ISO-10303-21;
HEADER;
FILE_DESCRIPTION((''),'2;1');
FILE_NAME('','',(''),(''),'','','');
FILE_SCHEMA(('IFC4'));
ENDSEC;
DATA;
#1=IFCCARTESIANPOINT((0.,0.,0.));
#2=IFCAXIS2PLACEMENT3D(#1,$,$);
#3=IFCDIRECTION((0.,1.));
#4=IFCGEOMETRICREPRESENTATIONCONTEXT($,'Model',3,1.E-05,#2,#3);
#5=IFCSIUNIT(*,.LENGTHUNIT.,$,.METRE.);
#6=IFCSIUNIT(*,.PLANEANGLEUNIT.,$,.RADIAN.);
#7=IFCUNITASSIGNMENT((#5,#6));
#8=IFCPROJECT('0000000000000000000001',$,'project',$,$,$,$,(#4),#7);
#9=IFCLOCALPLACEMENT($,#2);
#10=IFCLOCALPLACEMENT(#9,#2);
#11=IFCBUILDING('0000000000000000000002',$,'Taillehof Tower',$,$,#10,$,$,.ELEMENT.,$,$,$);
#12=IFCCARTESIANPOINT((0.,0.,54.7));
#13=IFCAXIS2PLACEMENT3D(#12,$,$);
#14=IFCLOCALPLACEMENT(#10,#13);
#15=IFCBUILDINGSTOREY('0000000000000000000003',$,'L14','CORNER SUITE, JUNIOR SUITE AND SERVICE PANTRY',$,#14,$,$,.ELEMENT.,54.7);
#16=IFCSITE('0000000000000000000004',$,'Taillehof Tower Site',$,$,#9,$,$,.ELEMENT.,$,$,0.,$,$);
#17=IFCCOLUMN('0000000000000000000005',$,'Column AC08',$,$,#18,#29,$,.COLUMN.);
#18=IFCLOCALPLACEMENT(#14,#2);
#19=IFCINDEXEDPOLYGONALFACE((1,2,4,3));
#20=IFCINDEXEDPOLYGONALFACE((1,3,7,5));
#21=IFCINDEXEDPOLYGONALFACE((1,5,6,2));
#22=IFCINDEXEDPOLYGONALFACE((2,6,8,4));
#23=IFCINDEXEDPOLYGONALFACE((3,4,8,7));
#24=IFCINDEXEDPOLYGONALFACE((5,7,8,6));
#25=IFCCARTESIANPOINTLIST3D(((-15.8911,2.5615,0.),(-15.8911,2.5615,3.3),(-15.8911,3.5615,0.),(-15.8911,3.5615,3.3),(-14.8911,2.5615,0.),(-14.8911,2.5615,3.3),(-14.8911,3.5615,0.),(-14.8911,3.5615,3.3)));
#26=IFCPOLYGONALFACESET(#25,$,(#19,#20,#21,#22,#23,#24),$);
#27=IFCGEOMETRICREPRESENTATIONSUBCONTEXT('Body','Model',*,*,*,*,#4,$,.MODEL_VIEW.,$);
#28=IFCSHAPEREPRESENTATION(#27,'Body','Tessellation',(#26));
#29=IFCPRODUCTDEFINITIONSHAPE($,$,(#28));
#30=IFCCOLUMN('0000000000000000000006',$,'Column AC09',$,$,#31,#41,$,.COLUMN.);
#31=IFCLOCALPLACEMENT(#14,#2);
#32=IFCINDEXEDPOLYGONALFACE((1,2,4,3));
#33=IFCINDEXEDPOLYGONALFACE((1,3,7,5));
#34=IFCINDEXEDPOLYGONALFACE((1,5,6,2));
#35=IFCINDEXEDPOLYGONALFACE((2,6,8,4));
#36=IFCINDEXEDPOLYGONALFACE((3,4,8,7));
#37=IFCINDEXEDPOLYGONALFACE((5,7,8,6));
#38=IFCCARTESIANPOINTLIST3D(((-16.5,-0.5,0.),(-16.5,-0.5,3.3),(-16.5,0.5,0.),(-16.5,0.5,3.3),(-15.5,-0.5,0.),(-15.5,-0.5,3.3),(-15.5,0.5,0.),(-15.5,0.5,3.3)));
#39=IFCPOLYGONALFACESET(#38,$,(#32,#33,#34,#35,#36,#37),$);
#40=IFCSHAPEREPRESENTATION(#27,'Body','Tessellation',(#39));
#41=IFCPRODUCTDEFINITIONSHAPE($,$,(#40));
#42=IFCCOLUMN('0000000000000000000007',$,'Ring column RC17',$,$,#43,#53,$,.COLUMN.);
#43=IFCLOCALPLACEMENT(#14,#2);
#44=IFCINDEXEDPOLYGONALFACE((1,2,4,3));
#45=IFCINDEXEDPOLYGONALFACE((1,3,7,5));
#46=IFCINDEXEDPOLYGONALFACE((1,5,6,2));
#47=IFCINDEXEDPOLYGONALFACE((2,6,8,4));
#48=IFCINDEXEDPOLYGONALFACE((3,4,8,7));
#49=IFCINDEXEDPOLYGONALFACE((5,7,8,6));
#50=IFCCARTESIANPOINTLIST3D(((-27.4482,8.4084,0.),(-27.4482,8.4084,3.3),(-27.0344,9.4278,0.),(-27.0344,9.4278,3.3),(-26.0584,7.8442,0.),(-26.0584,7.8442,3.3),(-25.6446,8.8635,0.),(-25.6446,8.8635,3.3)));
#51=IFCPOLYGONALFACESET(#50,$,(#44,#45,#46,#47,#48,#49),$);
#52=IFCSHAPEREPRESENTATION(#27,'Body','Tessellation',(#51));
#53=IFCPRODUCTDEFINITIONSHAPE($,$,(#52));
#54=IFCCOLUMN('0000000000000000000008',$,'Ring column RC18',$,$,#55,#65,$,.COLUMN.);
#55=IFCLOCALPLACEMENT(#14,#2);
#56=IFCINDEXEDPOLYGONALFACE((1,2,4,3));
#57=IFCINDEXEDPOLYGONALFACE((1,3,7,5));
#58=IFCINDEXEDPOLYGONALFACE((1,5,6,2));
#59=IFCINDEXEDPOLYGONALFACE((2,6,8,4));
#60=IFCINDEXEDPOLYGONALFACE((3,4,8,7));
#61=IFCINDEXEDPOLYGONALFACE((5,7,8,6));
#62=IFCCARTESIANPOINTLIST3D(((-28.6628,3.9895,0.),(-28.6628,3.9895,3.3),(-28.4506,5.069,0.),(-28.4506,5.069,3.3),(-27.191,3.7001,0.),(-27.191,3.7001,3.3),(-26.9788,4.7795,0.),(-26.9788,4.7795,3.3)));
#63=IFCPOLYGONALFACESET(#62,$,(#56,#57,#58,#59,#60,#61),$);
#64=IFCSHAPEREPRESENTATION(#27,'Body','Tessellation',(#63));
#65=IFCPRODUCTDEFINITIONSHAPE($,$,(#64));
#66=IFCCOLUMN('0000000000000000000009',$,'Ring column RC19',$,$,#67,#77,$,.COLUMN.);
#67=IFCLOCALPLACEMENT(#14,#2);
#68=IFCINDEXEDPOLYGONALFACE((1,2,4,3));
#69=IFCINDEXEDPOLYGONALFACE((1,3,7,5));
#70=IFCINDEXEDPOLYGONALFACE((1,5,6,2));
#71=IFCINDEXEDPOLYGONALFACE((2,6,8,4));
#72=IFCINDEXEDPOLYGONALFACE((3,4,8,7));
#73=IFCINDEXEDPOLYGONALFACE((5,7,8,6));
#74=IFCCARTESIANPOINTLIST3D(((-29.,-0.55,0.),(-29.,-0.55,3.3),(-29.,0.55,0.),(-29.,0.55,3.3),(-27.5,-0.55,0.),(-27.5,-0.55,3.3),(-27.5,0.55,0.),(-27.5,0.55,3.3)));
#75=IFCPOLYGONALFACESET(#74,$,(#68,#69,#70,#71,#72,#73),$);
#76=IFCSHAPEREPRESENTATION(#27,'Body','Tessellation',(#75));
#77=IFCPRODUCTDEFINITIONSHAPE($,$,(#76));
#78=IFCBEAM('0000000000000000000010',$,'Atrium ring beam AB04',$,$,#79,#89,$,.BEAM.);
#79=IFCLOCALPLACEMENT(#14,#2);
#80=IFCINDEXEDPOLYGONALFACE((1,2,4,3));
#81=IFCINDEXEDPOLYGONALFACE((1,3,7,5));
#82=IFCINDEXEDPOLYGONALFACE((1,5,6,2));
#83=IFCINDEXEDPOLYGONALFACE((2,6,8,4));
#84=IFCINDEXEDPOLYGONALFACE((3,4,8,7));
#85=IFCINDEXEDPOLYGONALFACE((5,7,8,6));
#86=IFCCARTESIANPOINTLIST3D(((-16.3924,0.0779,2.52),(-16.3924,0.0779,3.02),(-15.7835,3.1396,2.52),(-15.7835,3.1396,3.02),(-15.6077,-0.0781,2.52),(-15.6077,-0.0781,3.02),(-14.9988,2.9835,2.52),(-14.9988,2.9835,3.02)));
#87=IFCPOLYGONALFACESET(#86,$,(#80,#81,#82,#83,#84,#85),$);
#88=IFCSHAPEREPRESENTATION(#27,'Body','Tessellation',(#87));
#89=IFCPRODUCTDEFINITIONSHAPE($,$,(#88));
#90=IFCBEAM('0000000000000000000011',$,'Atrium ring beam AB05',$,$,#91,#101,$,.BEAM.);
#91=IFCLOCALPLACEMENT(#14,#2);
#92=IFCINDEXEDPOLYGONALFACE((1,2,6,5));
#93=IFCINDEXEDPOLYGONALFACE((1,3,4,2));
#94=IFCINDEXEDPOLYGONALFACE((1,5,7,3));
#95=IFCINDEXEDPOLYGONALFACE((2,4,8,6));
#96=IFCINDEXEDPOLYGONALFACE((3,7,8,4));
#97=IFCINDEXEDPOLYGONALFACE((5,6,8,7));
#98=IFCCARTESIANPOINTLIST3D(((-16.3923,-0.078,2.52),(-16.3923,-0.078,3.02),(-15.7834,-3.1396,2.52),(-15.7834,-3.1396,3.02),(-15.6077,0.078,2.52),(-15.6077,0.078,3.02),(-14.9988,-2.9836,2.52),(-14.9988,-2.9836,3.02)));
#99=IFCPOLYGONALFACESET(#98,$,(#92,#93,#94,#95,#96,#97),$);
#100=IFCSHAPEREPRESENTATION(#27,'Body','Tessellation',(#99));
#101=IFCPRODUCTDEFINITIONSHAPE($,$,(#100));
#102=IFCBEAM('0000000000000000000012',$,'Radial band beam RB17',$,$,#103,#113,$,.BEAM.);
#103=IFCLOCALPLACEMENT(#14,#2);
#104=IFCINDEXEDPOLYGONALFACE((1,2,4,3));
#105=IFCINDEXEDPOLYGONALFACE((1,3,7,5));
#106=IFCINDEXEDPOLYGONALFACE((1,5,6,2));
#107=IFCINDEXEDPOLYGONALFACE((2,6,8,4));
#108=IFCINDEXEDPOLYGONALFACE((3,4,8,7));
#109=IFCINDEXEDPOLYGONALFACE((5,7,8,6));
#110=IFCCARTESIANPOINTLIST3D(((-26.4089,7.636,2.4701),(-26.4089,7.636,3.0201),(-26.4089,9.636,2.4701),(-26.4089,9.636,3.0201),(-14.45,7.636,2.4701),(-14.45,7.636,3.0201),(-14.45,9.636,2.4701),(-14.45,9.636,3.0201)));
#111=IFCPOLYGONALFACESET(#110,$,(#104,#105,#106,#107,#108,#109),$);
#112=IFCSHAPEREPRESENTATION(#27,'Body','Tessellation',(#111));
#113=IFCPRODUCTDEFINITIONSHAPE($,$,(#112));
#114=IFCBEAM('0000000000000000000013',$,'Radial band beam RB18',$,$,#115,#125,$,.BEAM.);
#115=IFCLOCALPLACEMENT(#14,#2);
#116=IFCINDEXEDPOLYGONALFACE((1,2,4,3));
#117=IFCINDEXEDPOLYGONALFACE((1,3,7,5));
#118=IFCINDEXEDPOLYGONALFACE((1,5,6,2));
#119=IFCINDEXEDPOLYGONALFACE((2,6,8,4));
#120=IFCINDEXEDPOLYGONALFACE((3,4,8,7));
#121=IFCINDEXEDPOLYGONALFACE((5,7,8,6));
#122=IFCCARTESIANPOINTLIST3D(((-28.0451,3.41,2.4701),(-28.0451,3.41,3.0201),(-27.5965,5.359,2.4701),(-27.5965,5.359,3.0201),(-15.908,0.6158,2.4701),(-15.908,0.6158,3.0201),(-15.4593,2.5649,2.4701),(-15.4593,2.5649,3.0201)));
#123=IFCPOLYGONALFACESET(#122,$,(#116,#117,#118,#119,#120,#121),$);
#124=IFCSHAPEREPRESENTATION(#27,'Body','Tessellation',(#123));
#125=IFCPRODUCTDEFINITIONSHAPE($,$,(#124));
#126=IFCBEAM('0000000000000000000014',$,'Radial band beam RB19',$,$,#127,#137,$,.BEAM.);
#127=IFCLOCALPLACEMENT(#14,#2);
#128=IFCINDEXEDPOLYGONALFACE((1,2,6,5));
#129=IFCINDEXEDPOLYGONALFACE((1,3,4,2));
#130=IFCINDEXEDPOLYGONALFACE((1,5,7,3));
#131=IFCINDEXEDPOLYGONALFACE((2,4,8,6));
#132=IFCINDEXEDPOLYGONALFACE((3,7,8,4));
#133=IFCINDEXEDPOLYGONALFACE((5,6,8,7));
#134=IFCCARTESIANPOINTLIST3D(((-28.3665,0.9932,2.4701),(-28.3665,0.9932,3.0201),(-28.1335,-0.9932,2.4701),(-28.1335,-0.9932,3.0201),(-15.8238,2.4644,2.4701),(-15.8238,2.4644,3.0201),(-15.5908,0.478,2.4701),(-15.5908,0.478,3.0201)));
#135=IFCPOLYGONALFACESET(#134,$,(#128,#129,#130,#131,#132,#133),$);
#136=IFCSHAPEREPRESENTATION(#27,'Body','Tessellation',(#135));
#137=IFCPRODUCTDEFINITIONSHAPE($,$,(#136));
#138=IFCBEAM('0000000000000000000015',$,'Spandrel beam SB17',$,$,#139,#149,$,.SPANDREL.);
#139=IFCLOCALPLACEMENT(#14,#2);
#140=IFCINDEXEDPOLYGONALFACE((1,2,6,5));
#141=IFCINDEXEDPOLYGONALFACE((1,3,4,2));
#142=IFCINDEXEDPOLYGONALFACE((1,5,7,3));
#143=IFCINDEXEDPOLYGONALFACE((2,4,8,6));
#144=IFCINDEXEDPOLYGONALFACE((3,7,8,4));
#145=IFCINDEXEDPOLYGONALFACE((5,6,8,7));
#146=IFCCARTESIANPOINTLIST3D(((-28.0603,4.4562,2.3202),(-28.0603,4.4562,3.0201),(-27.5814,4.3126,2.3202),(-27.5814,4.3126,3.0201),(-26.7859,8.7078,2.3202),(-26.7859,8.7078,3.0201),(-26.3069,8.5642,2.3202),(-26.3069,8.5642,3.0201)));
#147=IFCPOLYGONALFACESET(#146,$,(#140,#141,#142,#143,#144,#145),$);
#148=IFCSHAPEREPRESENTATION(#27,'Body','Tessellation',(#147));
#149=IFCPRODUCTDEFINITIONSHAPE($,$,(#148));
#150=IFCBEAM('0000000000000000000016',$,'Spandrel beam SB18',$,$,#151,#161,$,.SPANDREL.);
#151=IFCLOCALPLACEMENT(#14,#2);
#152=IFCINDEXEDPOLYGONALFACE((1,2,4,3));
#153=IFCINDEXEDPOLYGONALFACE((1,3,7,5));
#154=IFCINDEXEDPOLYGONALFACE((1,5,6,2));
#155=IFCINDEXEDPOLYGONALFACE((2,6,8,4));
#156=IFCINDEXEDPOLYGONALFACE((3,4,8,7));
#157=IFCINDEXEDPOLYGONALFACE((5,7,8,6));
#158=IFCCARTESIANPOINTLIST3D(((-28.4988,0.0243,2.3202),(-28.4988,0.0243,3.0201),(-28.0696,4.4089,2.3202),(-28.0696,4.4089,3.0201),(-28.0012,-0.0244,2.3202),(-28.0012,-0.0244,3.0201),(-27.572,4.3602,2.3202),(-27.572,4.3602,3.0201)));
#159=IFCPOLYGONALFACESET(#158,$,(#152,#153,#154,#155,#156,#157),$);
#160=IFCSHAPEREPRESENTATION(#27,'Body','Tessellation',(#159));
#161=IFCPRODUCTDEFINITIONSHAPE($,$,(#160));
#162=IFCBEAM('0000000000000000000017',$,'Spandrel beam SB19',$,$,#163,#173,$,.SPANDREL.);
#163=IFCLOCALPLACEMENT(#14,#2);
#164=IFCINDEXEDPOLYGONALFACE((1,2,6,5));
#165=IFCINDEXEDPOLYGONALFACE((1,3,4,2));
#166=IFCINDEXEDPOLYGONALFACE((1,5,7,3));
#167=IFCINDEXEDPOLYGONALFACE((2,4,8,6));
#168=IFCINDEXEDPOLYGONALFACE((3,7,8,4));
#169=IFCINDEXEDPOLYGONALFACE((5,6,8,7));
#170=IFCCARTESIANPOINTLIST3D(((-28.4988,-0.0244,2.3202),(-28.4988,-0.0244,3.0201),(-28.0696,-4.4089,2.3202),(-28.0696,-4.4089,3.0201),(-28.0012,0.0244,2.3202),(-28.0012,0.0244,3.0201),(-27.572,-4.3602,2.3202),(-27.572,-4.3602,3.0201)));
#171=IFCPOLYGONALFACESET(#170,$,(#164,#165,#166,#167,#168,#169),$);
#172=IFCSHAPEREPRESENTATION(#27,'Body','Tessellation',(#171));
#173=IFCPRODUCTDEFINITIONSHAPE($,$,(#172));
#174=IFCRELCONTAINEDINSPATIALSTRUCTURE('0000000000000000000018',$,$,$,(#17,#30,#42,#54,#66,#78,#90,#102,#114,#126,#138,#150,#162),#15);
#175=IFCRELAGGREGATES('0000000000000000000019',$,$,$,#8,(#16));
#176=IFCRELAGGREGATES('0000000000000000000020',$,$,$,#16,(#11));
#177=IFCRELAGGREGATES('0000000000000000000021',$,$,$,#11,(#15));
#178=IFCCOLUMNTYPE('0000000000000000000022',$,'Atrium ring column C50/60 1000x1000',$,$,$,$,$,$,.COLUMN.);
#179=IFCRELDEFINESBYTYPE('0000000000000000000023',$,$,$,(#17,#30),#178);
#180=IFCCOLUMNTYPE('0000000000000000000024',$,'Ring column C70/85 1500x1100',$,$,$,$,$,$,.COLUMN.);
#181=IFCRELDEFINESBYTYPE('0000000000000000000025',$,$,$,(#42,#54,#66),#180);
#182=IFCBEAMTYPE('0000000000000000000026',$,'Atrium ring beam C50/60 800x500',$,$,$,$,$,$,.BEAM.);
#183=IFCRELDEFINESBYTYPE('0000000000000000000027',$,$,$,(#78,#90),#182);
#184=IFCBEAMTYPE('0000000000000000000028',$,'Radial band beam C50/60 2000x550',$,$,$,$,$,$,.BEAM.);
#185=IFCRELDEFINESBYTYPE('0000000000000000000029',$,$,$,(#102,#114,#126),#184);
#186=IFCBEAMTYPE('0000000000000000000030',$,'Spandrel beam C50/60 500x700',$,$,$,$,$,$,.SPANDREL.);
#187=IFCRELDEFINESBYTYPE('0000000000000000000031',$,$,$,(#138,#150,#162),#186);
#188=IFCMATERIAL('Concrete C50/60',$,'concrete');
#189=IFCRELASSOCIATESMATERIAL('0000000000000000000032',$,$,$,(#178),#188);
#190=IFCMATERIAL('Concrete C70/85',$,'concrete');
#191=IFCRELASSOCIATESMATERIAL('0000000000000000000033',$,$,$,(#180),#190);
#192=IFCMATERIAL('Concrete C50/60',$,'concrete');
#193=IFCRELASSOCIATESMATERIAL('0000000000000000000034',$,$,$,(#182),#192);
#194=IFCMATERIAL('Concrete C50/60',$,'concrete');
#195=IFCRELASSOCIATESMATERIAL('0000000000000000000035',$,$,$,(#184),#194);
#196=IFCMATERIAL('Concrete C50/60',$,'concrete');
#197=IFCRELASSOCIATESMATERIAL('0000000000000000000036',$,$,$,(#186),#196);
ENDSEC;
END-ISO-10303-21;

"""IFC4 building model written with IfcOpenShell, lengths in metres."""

from ifc_helpers import new_model, si_unit, direction, frame, origin, origin_2d, place, context, subcontext, project, spatial, rectangle, extrude, material, material_profile, profile_set, type_object, element, save


model = new_model("IFC4")

# Units and contexts
model_context = context("Model", 3, precision=1e-05, world=origin(), true_north=direction((0.0, 1.0)))
body_context = subcontext(model_context, "Body", "Model", "MODEL_VIEW")
ifc_project = project(units=[si_unit("LENGTHUNIT", "METRE"), si_unit("PLANEANGLEUNIT", "RADIAN")], contexts=[model_context])

# Site, building, storey
site_placement = place(None, origin())
site = spatial("IfcSite", under=ifc_project, at=site_placement, Name="Taillehof Tower Site", CompositionType="ELEMENT", RefElevation=0.0)
building_placement = place(site_placement, origin())
building = spatial("IfcBuilding", under=site, at=building_placement, Name="Taillehof Tower", CompositionType="ELEMENT")
storey_placement = place(building_placement, frame((0.0, 0.0, 54.7)))
storey = spatial("IfcBuildingStorey", under=building, at=storey_placement, Name="L14", Description="CORNER SUITE, JUNIOR SUITE AND SERVICE PANTRY", CompositionType="ELEMENT", Elevation=54.7)

# Columns
ifc_material_1 = material(Name="Concrete C50/60", Category="concrete")
ifc_material_profile_1 = material_profile(ifc_material_1, rectangle(XDim=1.0, YDim=1.0, at=origin_2d()), Name="RC 1000x1000")
ifc_profile_set_1 = profile_set([ifc_material_profile_1], Name="Concrete C50/60")
column_type_1 = type_object("IfcColumnType", Name="Atrium ring column C50/60 1000x1000", PredefinedType="COLUMN", material=ifc_profile_set_1)
for number, where, z_axis, x_axis, name in (
    (1, (-15.3911, 3.0615, 0.0), (0.0, 0.0, 1.0), (1.0, 0.0, 0.0), "Column AC08"),
    (2, (-16.0, 0.0, 0.0), (0.0, 0.0, 1.0), (1.0, 0.0, 0.0), "Column AC09"),
):
    element("IfcColumn", number, at=place(storey_placement, frame(where, z_axis=z_axis, x_axis=x_axis)), inside=storey, type_object=column_type_1, Name=name, PredefinedType="COLUMN", context=body_context, shape_type="SweptSolid", body=[
        extrude(rectangle(XDim=1.0, YDim=1.0, at=origin_2d()), origin(), (0.0, 0.0, 1.0), 3.3),
    ])
ifc_material_2 = material(Name="Concrete C70/85", Category="concrete")
ifc_material_profile_2 = material_profile(ifc_material_2, rectangle(XDim=1.5, YDim=1.1001, at=origin_2d()), Name="RC 1500x1100")
ifc_profile_set_2 = profile_set([ifc_material_profile_2], Name="Concrete C70/85")
column_type_2 = type_object("IfcColumnType", Name="Ring column C70/85 1500x1100", PredefinedType="COLUMN", material=ifc_profile_set_2)
for number, where, z_axis, x_axis, name in (
    (3, (-26.5464, 8.636, 0.0), (0.0, 0.0, 1.0), (-0.926558, 0.376152, 0.0), "Ring column RC17"),
    (4, (-27.8208, 4.3845, 0.0), (0.0, 0.0, 1.0), (-0.981204, 0.192976, 0.0), "Ring column RC18"),
    (5, (-28.25, 0.0, 0.0), (0.0, 0.0, 1.0), (-1.0, 0.0, 0.0), "Ring column RC19"),
):
    element("IfcColumn", number, at=place(storey_placement, frame(where, z_axis=z_axis, x_axis=x_axis)), inside=storey, type_object=column_type_2, Name=name, PredefinedType="COLUMN", context=body_context, shape_type="SweptSolid", body=[
        extrude(rectangle(XDim=1.5, YDim=1.1001, at=origin_2d()), origin(), (0.0, 0.0, 1.0), 3.3),
    ])

# Beams
ifc_material_3 = material(Name="Concrete C50/60", Category="concrete")
ifc_material_profile_3 = material_profile(ifc_material_3, rectangle(XDim=0.8, YDim=0.5, at=origin_2d()), Name="RC 800x500")
ifc_profile_set_3 = profile_set([ifc_material_profile_3], Name="Concrete C50/60")
beam_type_1 = type_object("IfcBeamType", Name="Atrium ring beam C50/60 800x500", PredefinedType="BEAM", material=ifc_profile_set_3)
for number, where, z_axis, x_axis, name in (
    (6, (-15.3911, 3.0615, 2.77), (-0.195063, -0.980791, 0.0), (0.980791, -0.195063, 0.0), "Atrium ring beam AB04"),
    (7, (-16.0, 0.0, 2.77), (0.195063, -0.980791, 0.0), (0.980791, 0.195063, 0.0), "Atrium ring beam AB05"),
):
    element("IfcBeam", number, at=place(storey_placement, frame(where, z_axis=z_axis, x_axis=x_axis)), inside=storey, type_object=beam_type_1, Name=name, PredefinedType="BEAM", context=body_context, shape_type="SweptSolid", body=[
        extrude(rectangle(XDim=0.8, YDim=0.5, at=origin_2d()), origin(), (0.0, 0.0, 1.0), 3.1216),
    ])
ifc_material_4 = material(Name="Concrete C50/60", Category="concrete")
ifc_material_profile_4 = material_profile(ifc_material_4, rectangle(XDim=2.0, YDim=0.55, at=origin_2d()), Name="RC 2000x550")
ifc_profile_set_4 = profile_set([ifc_material_profile_4], Name="Concrete C50/60")
beam_type_2 = type_object("IfcBeamType", Name="Radial band beam C50/60 2000x550", PredefinedType="BEAM", material=ifc_profile_set_4)
beam_1_placement = place(storey_placement, frame((-26.4089, 8.636, 2.7451), z_axis=(1.0, 0.0, 0.0), x_axis=(0.0, 1.0, 0.0)))
element("IfcBeam", 8, at=beam_1_placement, inside=storey, type_object=beam_type_2, Name="Radial band beam RB17", PredefinedType="BEAM", context=body_context, shape_type="SweptSolid", body=[
    extrude(rectangle(XDim=2.0, YDim=0.55, at=origin_2d()), origin(), (0.0, 0.0, 1.0), 11.959),
])
beam_2_placement = place(storey_placement, frame((-27.8208, 4.3845, 2.7451), z_axis=(0.974509, -0.224348, 0.0), x_axis=(0.224348, 0.974509, 0.0)))
element("IfcBeam", 9, at=beam_2_placement, inside=storey, type_object=beam_type_2, Name="Radial band beam RB18", PredefinedType="BEAM", context=body_context, shape_type="SweptSolid", body=[
    extrude(rectangle(XDim=2.0, YDim=0.55, at=origin_2d()), origin(), (0.0, 0.0, 1.0), 12.4546),
])
beam_3_placement = place(storey_placement, frame((-28.25, 0.0, 2.7451), z_axis=(0.993191, 0.116496, 0.0), x_axis=(-0.116496, 0.993191, 0.0)))
element("IfcBeam", 10, at=beam_3_placement, inside=storey, type_object=beam_type_2, Name="Radial band beam RB19", PredefinedType="BEAM", context=body_context, shape_type="SweptSolid", body=[
    extrude(rectangle(XDim=2.0, YDim=0.55, at=origin_2d()), origin(), (0.0, 0.0, 1.0), 12.6287),
])
ifc_material_5 = material(Name="Concrete C50/60", Category="concrete")
ifc_material_profile_5 = material_profile(ifc_material_5, rectangle(XDim=0.5, YDim=0.7, at=origin_2d()), Name="RC 500x700")
ifc_profile_set_5 = profile_set([ifc_material_profile_5], Name="Concrete C50/60")
beam_type_3 = type_object("IfcBeamType", Name="Spandrel beam C50/60 500x700", PredefinedType="SPANDREL", material=ifc_profile_set_5)
beam_4_placement = place(storey_placement, frame((-26.5464, 8.636, 2.6702), z_axis=(-0.287136, -0.95789, 0.0), x_axis=(0.95789, -0.287136, 0.0)))
element("IfcBeam", 11, at=beam_4_placement, inside=storey, type_object=beam_type_3, Name="Spandrel beam SB17", PredefinedType="SPANDREL", context=body_context, shape_type="SweptSolid", body=[
    extrude(rectangle(XDim=0.5, YDim=0.7, at=origin_2d()), origin(), (0.0, 0.0, 1.0), 4.4385),
])
for number, where, z_axis, x_axis, name in (
    (12, (-27.8208, 4.3845, 2.6702), (-0.097424, -0.995243, 0.0), (0.995243, -0.097424, 0.0), "Spandrel beam SB18"),
    (13, (-28.25, 0.0, 2.6702), (0.097424, -0.995243, 0.0), (0.995243, 0.097424, 0.0), "Spandrel beam SB19"),
):
    element("IfcBeam", number, at=place(storey_placement, frame(where, z_axis=z_axis, x_axis=x_axis)), inside=storey, type_object=beam_type_3, Name=name, PredefinedType="SPANDREL", context=body_context, shape_type="SweptSolid", body=[
        extrude(rectangle(XDim=0.5, YDim=0.7, at=origin_2d()), origin(), (0.0, 0.0, 1.0), 4.4055),
    ])

save(model, "model.ifc")
